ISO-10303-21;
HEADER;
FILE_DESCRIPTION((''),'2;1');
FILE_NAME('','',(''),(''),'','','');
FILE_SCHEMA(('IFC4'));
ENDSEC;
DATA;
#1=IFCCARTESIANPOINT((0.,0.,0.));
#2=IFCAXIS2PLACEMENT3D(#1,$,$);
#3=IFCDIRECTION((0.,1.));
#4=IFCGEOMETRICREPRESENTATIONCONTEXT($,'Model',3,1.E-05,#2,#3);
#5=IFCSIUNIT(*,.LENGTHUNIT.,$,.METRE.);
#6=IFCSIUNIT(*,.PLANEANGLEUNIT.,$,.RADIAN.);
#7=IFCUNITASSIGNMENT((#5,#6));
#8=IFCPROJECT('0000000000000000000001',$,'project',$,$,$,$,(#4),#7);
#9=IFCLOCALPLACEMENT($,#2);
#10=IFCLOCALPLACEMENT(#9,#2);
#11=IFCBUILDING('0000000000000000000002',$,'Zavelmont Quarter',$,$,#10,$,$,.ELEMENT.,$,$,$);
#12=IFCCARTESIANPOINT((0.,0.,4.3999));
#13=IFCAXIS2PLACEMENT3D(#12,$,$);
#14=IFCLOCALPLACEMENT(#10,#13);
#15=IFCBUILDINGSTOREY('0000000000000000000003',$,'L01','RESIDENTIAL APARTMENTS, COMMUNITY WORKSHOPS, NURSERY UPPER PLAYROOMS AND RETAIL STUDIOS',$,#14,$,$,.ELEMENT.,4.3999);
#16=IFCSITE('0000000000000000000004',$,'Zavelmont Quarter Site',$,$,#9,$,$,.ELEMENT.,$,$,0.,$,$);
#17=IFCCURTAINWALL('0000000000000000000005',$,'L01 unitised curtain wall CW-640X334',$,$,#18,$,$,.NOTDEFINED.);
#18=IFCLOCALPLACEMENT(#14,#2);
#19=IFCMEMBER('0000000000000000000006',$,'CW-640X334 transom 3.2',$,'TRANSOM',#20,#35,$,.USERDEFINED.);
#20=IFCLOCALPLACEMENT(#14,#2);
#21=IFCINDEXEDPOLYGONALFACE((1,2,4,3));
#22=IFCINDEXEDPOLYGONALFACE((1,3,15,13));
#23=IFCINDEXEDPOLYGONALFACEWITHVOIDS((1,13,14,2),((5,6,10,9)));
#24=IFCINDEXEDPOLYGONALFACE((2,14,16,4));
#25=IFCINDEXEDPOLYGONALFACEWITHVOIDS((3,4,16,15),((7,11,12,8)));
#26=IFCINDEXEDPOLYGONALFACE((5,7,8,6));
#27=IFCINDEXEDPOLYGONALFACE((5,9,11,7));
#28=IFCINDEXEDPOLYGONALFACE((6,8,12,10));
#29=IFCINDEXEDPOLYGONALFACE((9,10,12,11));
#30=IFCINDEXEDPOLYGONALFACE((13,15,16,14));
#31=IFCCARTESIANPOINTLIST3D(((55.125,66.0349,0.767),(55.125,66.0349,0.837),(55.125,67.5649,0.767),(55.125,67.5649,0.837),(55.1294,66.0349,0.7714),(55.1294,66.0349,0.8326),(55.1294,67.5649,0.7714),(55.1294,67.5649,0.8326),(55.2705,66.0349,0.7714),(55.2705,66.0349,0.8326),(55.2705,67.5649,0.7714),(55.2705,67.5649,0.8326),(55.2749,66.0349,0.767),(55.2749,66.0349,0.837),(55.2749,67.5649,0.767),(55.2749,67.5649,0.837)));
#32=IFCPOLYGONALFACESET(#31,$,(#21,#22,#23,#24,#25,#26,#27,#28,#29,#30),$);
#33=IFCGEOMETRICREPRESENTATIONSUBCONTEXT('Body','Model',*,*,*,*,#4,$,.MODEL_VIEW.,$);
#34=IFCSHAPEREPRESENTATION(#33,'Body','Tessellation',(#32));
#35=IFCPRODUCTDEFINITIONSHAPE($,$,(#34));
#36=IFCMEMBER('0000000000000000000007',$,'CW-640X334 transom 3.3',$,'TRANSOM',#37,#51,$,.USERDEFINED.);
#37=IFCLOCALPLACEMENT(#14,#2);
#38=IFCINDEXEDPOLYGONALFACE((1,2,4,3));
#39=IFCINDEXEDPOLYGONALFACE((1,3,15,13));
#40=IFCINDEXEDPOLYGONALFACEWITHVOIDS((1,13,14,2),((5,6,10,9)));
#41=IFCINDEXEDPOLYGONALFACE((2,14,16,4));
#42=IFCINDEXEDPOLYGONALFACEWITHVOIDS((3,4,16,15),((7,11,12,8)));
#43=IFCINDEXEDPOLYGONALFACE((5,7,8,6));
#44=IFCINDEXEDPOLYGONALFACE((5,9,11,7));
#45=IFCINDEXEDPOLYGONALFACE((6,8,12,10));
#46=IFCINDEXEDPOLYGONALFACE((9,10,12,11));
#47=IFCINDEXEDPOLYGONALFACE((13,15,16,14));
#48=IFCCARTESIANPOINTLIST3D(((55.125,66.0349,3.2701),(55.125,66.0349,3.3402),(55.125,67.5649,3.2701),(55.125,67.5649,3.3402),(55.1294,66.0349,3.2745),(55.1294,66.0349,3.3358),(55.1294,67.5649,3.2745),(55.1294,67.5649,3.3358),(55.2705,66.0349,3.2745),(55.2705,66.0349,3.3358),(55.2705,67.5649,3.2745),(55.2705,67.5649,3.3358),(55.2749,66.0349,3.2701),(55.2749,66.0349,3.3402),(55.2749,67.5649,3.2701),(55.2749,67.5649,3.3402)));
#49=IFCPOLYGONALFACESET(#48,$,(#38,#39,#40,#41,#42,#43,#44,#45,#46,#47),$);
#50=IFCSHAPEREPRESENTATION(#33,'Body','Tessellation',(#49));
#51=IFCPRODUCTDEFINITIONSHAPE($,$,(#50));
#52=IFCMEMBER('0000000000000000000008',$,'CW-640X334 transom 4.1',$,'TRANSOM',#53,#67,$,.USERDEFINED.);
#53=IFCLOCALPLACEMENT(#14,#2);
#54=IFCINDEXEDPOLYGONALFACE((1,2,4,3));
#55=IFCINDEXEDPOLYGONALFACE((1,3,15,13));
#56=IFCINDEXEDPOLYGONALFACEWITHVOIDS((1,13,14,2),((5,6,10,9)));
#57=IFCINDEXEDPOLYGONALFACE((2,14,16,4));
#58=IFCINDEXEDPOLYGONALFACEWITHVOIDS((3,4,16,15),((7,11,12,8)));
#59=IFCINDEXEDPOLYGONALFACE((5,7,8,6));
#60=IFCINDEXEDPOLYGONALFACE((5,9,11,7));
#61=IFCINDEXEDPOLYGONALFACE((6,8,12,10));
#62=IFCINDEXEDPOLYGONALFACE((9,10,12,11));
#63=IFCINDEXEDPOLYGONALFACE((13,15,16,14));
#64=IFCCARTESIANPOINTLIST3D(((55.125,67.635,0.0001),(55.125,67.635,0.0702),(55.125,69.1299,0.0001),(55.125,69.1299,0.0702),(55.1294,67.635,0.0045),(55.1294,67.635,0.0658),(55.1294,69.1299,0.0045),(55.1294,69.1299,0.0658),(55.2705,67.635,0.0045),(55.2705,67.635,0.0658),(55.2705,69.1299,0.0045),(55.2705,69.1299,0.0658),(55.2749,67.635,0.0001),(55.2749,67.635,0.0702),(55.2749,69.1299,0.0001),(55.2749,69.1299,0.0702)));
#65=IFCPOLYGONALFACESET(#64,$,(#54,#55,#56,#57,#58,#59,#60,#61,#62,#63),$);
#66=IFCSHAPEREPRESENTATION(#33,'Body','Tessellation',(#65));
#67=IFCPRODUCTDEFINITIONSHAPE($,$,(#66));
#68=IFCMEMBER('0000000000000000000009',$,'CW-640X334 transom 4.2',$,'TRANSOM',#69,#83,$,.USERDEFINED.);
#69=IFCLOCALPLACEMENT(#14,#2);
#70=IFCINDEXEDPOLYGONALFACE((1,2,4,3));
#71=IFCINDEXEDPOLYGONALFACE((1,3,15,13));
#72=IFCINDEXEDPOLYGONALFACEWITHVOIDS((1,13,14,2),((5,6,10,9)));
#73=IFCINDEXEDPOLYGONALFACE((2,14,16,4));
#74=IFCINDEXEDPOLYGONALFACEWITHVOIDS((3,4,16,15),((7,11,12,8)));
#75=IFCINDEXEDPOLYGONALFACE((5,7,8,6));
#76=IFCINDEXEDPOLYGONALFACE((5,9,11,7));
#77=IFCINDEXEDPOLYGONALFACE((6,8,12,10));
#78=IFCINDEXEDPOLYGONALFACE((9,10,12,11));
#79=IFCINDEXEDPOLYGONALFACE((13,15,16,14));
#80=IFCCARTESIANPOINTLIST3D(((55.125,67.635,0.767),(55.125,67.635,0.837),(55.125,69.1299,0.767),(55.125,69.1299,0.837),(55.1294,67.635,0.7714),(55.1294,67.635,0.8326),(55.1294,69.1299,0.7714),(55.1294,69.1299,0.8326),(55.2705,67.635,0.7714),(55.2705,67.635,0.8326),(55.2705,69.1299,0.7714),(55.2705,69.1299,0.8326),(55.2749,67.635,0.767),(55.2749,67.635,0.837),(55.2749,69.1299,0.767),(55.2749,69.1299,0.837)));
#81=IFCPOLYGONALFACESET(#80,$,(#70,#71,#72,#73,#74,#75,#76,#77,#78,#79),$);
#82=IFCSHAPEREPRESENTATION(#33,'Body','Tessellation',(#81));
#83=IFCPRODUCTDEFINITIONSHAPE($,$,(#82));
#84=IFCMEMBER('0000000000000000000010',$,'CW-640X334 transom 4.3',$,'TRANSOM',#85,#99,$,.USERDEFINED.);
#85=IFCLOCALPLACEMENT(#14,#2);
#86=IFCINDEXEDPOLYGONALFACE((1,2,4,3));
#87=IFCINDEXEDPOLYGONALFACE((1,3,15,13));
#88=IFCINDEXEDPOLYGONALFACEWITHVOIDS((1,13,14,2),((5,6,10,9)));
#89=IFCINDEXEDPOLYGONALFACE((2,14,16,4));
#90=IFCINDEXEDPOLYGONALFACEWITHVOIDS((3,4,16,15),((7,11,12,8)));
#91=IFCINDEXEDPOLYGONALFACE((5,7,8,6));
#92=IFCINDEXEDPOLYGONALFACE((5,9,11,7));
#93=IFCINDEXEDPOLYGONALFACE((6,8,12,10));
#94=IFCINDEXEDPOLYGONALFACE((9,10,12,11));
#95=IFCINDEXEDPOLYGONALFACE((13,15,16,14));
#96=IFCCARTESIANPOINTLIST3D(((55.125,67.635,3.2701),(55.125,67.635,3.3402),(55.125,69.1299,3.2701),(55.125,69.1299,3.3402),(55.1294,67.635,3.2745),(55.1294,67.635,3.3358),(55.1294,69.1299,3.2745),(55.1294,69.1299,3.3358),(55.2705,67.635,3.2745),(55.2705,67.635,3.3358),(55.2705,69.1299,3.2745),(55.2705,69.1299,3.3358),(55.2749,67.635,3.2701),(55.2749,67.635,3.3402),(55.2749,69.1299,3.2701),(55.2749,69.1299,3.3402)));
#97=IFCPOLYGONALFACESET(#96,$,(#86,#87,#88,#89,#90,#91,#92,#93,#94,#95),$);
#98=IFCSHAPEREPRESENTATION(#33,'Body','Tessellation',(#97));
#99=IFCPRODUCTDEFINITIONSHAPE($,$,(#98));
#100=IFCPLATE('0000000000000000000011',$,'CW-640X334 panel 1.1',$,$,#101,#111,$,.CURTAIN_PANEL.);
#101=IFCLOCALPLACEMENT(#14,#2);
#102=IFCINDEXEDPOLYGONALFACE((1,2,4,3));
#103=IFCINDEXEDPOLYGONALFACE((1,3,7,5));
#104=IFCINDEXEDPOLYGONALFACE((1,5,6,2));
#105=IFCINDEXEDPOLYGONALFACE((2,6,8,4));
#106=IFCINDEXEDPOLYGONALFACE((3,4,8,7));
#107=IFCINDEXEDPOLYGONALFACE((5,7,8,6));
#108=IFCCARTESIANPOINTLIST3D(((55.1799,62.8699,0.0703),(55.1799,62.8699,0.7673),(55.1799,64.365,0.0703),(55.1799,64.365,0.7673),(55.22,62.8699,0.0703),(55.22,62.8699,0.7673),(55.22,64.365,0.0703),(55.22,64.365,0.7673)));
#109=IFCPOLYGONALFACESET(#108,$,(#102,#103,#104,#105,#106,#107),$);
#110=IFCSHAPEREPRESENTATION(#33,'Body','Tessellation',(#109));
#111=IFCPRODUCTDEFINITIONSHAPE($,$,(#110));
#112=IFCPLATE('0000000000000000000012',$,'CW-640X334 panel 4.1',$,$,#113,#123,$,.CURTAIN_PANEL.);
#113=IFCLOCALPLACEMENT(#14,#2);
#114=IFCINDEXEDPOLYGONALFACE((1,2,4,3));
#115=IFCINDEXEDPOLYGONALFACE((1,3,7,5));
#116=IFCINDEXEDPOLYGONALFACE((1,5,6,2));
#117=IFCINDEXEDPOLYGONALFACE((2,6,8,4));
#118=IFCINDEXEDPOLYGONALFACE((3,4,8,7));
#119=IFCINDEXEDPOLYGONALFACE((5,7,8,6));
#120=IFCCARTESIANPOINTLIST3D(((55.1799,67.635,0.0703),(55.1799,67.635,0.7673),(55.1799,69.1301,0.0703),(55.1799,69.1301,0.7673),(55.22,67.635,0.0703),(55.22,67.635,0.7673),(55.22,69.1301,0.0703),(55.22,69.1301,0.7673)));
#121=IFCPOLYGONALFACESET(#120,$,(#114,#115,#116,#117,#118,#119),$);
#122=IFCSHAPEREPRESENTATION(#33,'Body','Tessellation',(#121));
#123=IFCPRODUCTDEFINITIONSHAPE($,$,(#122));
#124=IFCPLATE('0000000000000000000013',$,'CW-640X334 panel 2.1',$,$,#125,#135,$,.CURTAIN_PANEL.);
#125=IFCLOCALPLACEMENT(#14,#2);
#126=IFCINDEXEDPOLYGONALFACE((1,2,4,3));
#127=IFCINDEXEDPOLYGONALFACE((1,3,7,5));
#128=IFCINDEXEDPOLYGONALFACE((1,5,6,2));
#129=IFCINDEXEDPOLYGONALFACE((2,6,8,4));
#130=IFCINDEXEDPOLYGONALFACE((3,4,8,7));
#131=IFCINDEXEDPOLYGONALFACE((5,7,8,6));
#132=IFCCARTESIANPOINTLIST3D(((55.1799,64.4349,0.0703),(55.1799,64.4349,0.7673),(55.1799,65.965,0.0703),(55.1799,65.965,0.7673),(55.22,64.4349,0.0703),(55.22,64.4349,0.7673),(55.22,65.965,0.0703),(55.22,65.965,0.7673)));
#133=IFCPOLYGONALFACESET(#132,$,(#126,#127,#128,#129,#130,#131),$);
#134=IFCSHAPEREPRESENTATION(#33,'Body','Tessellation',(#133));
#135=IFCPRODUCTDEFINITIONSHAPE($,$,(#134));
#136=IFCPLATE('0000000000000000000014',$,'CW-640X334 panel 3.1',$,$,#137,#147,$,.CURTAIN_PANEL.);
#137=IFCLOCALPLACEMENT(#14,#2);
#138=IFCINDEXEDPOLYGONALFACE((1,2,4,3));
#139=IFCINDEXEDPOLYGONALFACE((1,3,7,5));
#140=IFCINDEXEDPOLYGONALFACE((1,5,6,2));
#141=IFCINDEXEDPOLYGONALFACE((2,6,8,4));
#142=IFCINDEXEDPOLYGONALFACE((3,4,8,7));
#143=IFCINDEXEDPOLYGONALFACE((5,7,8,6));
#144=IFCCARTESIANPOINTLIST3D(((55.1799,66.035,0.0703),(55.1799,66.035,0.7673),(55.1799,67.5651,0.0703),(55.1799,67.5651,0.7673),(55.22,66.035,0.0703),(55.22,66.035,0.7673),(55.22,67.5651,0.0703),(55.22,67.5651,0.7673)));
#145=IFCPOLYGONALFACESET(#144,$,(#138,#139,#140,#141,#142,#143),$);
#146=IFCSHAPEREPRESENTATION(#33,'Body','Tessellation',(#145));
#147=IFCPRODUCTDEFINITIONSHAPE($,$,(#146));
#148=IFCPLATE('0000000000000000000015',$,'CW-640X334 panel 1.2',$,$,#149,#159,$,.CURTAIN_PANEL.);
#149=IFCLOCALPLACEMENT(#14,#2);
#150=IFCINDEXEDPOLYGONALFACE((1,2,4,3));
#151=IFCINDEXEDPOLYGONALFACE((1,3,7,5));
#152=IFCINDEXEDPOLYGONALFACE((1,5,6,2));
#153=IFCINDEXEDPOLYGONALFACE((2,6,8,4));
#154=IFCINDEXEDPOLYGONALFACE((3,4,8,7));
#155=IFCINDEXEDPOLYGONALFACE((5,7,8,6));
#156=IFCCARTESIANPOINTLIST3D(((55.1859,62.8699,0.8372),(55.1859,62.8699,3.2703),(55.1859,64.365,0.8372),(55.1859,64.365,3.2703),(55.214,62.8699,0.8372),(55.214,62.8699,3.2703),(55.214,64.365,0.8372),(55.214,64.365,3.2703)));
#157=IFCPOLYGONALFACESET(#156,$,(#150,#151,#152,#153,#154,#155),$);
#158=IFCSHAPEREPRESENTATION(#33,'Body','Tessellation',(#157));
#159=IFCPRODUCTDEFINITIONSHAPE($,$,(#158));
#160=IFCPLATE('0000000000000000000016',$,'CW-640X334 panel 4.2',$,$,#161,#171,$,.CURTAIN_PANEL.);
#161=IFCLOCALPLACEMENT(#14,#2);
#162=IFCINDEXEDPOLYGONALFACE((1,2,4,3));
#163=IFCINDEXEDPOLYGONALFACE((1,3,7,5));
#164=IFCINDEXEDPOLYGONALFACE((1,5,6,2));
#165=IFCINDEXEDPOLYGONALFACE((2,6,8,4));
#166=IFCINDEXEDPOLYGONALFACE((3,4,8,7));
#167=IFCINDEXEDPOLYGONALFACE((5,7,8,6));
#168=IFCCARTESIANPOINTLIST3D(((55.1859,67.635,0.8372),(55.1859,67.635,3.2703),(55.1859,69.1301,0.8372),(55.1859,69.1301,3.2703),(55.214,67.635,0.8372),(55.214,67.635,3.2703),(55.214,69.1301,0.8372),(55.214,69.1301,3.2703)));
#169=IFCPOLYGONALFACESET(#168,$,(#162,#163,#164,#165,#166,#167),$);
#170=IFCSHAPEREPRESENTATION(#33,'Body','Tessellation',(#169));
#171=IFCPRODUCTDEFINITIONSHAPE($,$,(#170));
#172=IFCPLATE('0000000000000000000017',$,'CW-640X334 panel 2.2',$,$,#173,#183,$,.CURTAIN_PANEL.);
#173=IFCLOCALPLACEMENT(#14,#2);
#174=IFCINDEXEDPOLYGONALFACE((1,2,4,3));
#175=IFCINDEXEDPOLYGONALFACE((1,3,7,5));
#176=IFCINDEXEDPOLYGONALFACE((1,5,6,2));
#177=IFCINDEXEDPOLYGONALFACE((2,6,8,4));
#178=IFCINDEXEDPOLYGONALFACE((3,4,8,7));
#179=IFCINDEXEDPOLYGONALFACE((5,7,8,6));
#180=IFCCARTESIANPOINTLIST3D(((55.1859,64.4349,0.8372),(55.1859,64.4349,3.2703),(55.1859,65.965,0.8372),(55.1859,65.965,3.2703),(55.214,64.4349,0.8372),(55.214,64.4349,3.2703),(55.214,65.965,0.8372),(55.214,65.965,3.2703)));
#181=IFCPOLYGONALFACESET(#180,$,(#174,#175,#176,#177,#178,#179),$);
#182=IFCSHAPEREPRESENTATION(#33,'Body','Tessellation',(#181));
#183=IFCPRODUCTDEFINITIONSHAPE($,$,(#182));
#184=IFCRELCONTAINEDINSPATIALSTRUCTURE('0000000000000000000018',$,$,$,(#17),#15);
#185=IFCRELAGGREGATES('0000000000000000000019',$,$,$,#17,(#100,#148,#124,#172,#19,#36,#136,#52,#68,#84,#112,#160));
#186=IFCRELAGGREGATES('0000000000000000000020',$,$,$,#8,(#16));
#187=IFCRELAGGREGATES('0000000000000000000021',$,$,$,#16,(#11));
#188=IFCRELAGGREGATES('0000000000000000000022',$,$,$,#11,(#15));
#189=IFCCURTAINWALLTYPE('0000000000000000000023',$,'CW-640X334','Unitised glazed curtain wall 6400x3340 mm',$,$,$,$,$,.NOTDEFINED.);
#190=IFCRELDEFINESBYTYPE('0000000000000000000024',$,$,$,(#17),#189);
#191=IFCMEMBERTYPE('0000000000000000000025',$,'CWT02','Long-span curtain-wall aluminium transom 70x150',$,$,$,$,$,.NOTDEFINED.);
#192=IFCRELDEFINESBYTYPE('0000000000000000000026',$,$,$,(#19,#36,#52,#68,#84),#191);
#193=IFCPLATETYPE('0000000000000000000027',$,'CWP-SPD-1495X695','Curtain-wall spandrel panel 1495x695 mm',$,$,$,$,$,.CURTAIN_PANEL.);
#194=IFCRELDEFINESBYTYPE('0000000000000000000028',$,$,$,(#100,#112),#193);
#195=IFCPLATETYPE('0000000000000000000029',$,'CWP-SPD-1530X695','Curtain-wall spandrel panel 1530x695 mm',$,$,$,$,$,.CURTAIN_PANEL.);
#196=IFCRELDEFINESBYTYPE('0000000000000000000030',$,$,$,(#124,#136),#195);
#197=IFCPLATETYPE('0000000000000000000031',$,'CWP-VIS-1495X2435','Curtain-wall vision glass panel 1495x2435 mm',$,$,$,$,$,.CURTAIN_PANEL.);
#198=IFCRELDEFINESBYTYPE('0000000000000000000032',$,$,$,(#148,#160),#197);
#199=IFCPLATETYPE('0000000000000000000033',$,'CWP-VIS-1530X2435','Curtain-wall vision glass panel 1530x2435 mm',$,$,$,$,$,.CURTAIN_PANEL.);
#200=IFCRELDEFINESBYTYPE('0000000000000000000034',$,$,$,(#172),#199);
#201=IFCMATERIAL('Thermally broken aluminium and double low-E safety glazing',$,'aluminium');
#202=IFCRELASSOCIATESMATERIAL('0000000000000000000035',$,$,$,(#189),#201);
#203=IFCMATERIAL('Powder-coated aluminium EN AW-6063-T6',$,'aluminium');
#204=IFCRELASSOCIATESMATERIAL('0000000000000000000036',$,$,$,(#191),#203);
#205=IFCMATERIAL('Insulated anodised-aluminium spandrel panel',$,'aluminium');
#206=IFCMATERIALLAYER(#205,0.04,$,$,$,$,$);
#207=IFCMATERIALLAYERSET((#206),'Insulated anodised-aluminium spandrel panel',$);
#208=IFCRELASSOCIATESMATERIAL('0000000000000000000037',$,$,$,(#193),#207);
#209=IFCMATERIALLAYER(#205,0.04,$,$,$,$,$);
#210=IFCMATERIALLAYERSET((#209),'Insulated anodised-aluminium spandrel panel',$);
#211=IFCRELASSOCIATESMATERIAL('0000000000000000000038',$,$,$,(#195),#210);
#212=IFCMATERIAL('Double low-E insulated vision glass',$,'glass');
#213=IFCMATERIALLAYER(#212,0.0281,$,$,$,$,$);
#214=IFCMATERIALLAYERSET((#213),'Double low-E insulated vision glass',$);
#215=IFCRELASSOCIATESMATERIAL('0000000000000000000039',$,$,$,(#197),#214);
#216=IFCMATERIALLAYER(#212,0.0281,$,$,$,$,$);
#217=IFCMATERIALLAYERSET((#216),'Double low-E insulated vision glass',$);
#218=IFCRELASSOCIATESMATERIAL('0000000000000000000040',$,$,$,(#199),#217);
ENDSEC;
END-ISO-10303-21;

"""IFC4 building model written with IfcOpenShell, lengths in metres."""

from ifc_helpers import new_model, si_unit, direction, frame, origin, origin_2d, place, context, subcontext, project, spatial, rectangle, hollow_rectangle, extrude, material, layer, layer_set, material_profile, profile_set, type_object, element, aggregate, save


model = new_model("IFC4")

# Units and contexts
model_context = context("Model", 3, precision=1e-05, world=origin(), true_north=direction((0.0, 1.0)))
body_context = subcontext(model_context, "Body", "Model", "MODEL_VIEW")
ifc_project = project(units=[si_unit("LENGTHUNIT", "METRE"), si_unit("PLANEANGLEUNIT", "RADIAN")], contexts=[model_context])

# Site, building, storey
site_placement = place(None, origin())
site = spatial("IfcSite", under=ifc_project, at=site_placement, Name="Zavelmont Quarter Site", CompositionType="ELEMENT", RefElevation=0.0)
building_placement = place(site_placement, origin())
building = spatial("IfcBuilding", under=site, at=building_placement, Name="Zavelmont Quarter", CompositionType="ELEMENT")
storey_placement = place(building_placement, frame((0.0, 0.0, 4.3999)))
storey = spatial("IfcBuildingStorey", under=building, at=storey_placement, Name="L01", Description="RESIDENTIAL APARTMENTS, COMMUNITY WORKSHOPS, NURSERY UPPER PLAYROOMS AND RETAIL STUDIOS", CompositionType="ELEMENT", Elevation=4.3999)

# Curtain wall, members, plates
ifc_material_1 = material(Name="Thermally broken aluminium and double low-E safety glazing", Category="aluminium")
curtain_wall_type = type_object("IfcCurtainWallType", Name="CW-640X334", Description="Unitised glazed curtain wall 6400x3340 mm", PredefinedType="NOTDEFINED", material=ifc_material_1)
curtain_wall_placement = place(storey_placement, origin())
curtain_wall = element("IfcCurtainWall", 1, at=curtain_wall_placement, inside=storey, type_object=curtain_wall_type, Name="L01 unitised curtain wall CW-640X334", PredefinedType="NOTDEFINED")
ifc_material_2 = material(Name="Powder-coated aluminium EN AW-6063-T6", Category="aluminium")
ifc_material_profile_1 = material_profile(ifc_material_2, hollow_rectangle(XDim=0.1499, YDim=0.0701, WallThickness=0.0044, at=origin_2d()), Name="CWT70X150")
ifc_profile_set_1 = profile_set([ifc_material_profile_1], Name="Powder-coated aluminium EN AW-6063-T6")
member_type_1 = type_object("IfcMemberType", Name="CWT02", Description="Long-span curtain-wall aluminium transom 70x150", PredefinedType="NOTDEFINED", material=ifc_profile_set_1)
member_1_placement = place(storey_placement, frame((55.2, 66.0349, 0.802), z_axis=(0.0, 1.0, 0.0), x_axis=(-1.0, 0.0, 0.0)))
member_1 = element("IfcMember", 2, at=member_1_placement, type_object=member_type_1, Name="CW-640X334 transom 3.2", ObjectType="TRANSOM", PredefinedType="USERDEFINED", context=body_context, shape_type="SweptSolid", body=[
    extrude(hollow_rectangle(XDim=0.1499, YDim=0.0701, WallThickness=0.0044, at=origin_2d()), origin(), (0.0, 0.0, 1.0), 1.53),
])
member_2_placement = place(storey_placement, frame((55.2, 66.0349, 3.3052), z_axis=(0.0, 1.0, 0.0), x_axis=(-1.0, 0.0, 0.0)))
member_2 = element("IfcMember", 3, at=member_2_placement, type_object=member_type_1, Name="CW-640X334 transom 3.3", ObjectType="TRANSOM", PredefinedType="USERDEFINED", context=body_context, shape_type="SweptSolid", body=[
    extrude(hollow_rectangle(XDim=0.1499, YDim=0.0701, WallThickness=0.0044, at=origin_2d()), origin(), (0.0, 0.0, 1.0), 1.53),
])
member_3_placement = place(storey_placement, frame((55.2, 67.635, 0.0352), z_axis=(0.0, 1.0, 0.0), x_axis=(-1.0, 0.0, 0.0)))
member_3 = element("IfcMember", 4, at=member_3_placement, type_object=member_type_1, Name="CW-640X334 transom 4.1", ObjectType="TRANSOM", PredefinedType="USERDEFINED", context=body_context, shape_type="SweptSolid", body=[
    extrude(hollow_rectangle(XDim=0.1499, YDim=0.0701, WallThickness=0.0044, at=origin_2d()), origin(), (0.0, 0.0, 1.0), 1.4949),
])
member_4_placement = place(storey_placement, frame((55.2, 67.635, 0.802), z_axis=(0.0, 1.0, 0.0), x_axis=(-1.0, 0.0, 0.0)))
member_4 = element("IfcMember", 5, at=member_4_placement, type_object=member_type_1, Name="CW-640X334 transom 4.2", ObjectType="TRANSOM", PredefinedType="USERDEFINED", context=body_context, shape_type="SweptSolid", body=[
    extrude(hollow_rectangle(XDim=0.1499, YDim=0.0701, WallThickness=0.0044, at=origin_2d()), origin(), (0.0, 0.0, 1.0), 1.4949),
])
member_5_placement = place(storey_placement, frame((55.2, 67.635, 3.3052), z_axis=(0.0, 1.0, 0.0), x_axis=(-1.0, 0.0, 0.0)))
member_5 = element("IfcMember", 6, at=member_5_placement, type_object=member_type_1, Name="CW-640X334 transom 4.3", ObjectType="TRANSOM", PredefinedType="USERDEFINED", context=body_context, shape_type="SweptSolid", body=[
    extrude(hollow_rectangle(XDim=0.1499, YDim=0.0701, WallThickness=0.0044, at=origin_2d()), origin(), (0.0, 0.0, 1.0), 1.4949),
])
ifc_material_3 = material(Name="Insulated anodised-aluminium spandrel panel", Category="aluminium")
ifc_layer_1 = layer(ifc_material_3, 0.04)
ifc_layer_set_1 = layer_set([ifc_layer_1], Name="Insulated anodised-aluminium spandrel panel")
plate_type_1 = type_object("IfcPlateType", Name="CWP-SPD-1495X695", Description="Curtain-wall spandrel panel 1495x695 mm", PredefinedType="CURTAIN_PANEL", material=ifc_layer_set_1)
plate_1_placement = place(storey_placement, frame((55.2, 63.6174, 0.0703), z_axis=(0.0, 0.0, 1.0), x_axis=(0.0, 1.0, 0.0)))
plate_1 = element("IfcPlate", 7, at=plate_1_placement, type_object=plate_type_1, Name="CW-640X334 panel 1.1", PredefinedType="CURTAIN_PANEL", context=body_context, shape_type="SweptSolid", body=[
    extrude(rectangle(XDim=1.4951, YDim=0.04, at=origin_2d()), origin(), (0.0, 0.0, 1.0), 0.697),
])
plate_2_placement = place(storey_placement, frame((55.2, 68.3826, 0.0703), z_axis=(0.0, 0.0, 1.0), x_axis=(0.0, 1.0, 0.0)))
plate_2 = element("IfcPlate", 8, at=plate_2_placement, type_object=plate_type_1, Name="CW-640X334 panel 4.1", PredefinedType="CURTAIN_PANEL", context=body_context, shape_type="SweptSolid", body=[
    extrude(rectangle(XDim=1.4951, YDim=0.04, at=origin_2d()), origin(), (0.0, 0.0, 1.0), 0.697),
])
ifc_layer_2 = layer(ifc_material_3, 0.04)
ifc_layer_set_2 = layer_set([ifc_layer_2], Name="Insulated anodised-aluminium spandrel panel")
plate_type_2 = type_object("IfcPlateType", Name="CWP-SPD-1530X695", Description="Curtain-wall spandrel panel 1530x695 mm", PredefinedType="CURTAIN_PANEL", material=ifc_layer_set_2)
plate_3_placement = place(storey_placement, frame((55.2, 65.2, 0.0703), z_axis=(0.0, 0.0, 1.0), x_axis=(0.0, 1.0, 0.0)))
plate_3 = element("IfcPlate", 9, at=plate_3_placement, type_object=plate_type_2, Name="CW-640X334 panel 2.1", PredefinedType="CURTAIN_PANEL", context=body_context, shape_type="SweptSolid", body=[
    extrude(rectangle(XDim=1.53, YDim=0.04, at=origin_2d()), origin(), (0.0, 0.0, 1.0), 0.697),
])
plate_4_placement = place(storey_placement, frame((55.2, 66.8, 0.0703), z_axis=(0.0, 0.0, 1.0), x_axis=(0.0, 1.0, 0.0)))
plate_4 = element("IfcPlate", 10, at=plate_4_placement, type_object=plate_type_2, Name="CW-640X334 panel 3.1", PredefinedType="CURTAIN_PANEL", context=body_context, shape_type="SweptSolid", body=[
    extrude(rectangle(XDim=1.53, YDim=0.04, at=origin_2d()), origin(), (0.0, 0.0, 1.0), 0.697),
])
ifc_material_4 = material(Name="Double low-E insulated vision glass", Category="glass")
ifc_layer_3 = layer(ifc_material_4, 0.0281)
ifc_layer_set_3 = layer_set([ifc_layer_3], Name="Double low-E insulated vision glass")
plate_type_3 = type_object("IfcPlateType", Name="CWP-VIS-1495X2435", Description="Curtain-wall vision glass panel 1495x2435 mm", PredefinedType="CURTAIN_PANEL", material=ifc_layer_set_3)
plate_5_placement = place(storey_placement, frame((55.2, 63.6174, 0.8372), z_axis=(0.0, 0.0, 1.0), x_axis=(0.0, 1.0, 0.0)))
plate_5 = element("IfcPlate", 11, at=plate_5_placement, type_object=plate_type_3, Name="CW-640X334 panel 1.2", PredefinedType="CURTAIN_PANEL", context=body_context, shape_type="SweptSolid", body=[
    extrude(rectangle(XDim=1.4951, YDim=0.0281, at=origin_2d()), origin(), (0.0, 0.0, 1.0), 2.4331),
])
plate_6_placement = place(storey_placement, frame((55.2, 68.3826, 0.8372), z_axis=(0.0, 0.0, 1.0), x_axis=(0.0, 1.0, 0.0)))
plate_6 = element("IfcPlate", 12, at=plate_6_placement, type_object=plate_type_3, Name="CW-640X334 panel 4.2", PredefinedType="CURTAIN_PANEL", context=body_context, shape_type="SweptSolid", body=[
    extrude(rectangle(XDim=1.4951, YDim=0.0281, at=origin_2d()), origin(), (0.0, 0.0, 1.0), 2.4331),
])
ifc_layer_4 = layer(ifc_material_4, 0.0281)
ifc_layer_set_4 = layer_set([ifc_layer_4], Name="Double low-E insulated vision glass")
plate_type_4 = type_object("IfcPlateType", Name="CWP-VIS-1530X2435", Description="Curtain-wall vision glass panel 1530x2435 mm", PredefinedType="CURTAIN_PANEL", material=ifc_layer_set_4)
plate_7_placement = place(storey_placement, frame((55.2, 65.2, 0.8372), z_axis=(0.0, 0.0, 1.0), x_axis=(0.0, 1.0, 0.0)))
plate_7 = element("IfcPlate", 13, at=plate_7_placement, type_object=plate_type_4, Name="CW-640X334 panel 2.2", PredefinedType="CURTAIN_PANEL", context=body_context, shape_type="SweptSolid", body=[
    extrude(rectangle(XDim=1.53, YDim=0.0281, at=origin_2d()), origin(), (0.0, 0.0, 1.0), 2.4331),
])
aggregate(curtain_wall, [plate_1, plate_5, plate_3, plate_7, member_1, member_2, plate_4, member_3, member_4, member_5, plate_2, plate_6])

save(model, "model.ifc")
